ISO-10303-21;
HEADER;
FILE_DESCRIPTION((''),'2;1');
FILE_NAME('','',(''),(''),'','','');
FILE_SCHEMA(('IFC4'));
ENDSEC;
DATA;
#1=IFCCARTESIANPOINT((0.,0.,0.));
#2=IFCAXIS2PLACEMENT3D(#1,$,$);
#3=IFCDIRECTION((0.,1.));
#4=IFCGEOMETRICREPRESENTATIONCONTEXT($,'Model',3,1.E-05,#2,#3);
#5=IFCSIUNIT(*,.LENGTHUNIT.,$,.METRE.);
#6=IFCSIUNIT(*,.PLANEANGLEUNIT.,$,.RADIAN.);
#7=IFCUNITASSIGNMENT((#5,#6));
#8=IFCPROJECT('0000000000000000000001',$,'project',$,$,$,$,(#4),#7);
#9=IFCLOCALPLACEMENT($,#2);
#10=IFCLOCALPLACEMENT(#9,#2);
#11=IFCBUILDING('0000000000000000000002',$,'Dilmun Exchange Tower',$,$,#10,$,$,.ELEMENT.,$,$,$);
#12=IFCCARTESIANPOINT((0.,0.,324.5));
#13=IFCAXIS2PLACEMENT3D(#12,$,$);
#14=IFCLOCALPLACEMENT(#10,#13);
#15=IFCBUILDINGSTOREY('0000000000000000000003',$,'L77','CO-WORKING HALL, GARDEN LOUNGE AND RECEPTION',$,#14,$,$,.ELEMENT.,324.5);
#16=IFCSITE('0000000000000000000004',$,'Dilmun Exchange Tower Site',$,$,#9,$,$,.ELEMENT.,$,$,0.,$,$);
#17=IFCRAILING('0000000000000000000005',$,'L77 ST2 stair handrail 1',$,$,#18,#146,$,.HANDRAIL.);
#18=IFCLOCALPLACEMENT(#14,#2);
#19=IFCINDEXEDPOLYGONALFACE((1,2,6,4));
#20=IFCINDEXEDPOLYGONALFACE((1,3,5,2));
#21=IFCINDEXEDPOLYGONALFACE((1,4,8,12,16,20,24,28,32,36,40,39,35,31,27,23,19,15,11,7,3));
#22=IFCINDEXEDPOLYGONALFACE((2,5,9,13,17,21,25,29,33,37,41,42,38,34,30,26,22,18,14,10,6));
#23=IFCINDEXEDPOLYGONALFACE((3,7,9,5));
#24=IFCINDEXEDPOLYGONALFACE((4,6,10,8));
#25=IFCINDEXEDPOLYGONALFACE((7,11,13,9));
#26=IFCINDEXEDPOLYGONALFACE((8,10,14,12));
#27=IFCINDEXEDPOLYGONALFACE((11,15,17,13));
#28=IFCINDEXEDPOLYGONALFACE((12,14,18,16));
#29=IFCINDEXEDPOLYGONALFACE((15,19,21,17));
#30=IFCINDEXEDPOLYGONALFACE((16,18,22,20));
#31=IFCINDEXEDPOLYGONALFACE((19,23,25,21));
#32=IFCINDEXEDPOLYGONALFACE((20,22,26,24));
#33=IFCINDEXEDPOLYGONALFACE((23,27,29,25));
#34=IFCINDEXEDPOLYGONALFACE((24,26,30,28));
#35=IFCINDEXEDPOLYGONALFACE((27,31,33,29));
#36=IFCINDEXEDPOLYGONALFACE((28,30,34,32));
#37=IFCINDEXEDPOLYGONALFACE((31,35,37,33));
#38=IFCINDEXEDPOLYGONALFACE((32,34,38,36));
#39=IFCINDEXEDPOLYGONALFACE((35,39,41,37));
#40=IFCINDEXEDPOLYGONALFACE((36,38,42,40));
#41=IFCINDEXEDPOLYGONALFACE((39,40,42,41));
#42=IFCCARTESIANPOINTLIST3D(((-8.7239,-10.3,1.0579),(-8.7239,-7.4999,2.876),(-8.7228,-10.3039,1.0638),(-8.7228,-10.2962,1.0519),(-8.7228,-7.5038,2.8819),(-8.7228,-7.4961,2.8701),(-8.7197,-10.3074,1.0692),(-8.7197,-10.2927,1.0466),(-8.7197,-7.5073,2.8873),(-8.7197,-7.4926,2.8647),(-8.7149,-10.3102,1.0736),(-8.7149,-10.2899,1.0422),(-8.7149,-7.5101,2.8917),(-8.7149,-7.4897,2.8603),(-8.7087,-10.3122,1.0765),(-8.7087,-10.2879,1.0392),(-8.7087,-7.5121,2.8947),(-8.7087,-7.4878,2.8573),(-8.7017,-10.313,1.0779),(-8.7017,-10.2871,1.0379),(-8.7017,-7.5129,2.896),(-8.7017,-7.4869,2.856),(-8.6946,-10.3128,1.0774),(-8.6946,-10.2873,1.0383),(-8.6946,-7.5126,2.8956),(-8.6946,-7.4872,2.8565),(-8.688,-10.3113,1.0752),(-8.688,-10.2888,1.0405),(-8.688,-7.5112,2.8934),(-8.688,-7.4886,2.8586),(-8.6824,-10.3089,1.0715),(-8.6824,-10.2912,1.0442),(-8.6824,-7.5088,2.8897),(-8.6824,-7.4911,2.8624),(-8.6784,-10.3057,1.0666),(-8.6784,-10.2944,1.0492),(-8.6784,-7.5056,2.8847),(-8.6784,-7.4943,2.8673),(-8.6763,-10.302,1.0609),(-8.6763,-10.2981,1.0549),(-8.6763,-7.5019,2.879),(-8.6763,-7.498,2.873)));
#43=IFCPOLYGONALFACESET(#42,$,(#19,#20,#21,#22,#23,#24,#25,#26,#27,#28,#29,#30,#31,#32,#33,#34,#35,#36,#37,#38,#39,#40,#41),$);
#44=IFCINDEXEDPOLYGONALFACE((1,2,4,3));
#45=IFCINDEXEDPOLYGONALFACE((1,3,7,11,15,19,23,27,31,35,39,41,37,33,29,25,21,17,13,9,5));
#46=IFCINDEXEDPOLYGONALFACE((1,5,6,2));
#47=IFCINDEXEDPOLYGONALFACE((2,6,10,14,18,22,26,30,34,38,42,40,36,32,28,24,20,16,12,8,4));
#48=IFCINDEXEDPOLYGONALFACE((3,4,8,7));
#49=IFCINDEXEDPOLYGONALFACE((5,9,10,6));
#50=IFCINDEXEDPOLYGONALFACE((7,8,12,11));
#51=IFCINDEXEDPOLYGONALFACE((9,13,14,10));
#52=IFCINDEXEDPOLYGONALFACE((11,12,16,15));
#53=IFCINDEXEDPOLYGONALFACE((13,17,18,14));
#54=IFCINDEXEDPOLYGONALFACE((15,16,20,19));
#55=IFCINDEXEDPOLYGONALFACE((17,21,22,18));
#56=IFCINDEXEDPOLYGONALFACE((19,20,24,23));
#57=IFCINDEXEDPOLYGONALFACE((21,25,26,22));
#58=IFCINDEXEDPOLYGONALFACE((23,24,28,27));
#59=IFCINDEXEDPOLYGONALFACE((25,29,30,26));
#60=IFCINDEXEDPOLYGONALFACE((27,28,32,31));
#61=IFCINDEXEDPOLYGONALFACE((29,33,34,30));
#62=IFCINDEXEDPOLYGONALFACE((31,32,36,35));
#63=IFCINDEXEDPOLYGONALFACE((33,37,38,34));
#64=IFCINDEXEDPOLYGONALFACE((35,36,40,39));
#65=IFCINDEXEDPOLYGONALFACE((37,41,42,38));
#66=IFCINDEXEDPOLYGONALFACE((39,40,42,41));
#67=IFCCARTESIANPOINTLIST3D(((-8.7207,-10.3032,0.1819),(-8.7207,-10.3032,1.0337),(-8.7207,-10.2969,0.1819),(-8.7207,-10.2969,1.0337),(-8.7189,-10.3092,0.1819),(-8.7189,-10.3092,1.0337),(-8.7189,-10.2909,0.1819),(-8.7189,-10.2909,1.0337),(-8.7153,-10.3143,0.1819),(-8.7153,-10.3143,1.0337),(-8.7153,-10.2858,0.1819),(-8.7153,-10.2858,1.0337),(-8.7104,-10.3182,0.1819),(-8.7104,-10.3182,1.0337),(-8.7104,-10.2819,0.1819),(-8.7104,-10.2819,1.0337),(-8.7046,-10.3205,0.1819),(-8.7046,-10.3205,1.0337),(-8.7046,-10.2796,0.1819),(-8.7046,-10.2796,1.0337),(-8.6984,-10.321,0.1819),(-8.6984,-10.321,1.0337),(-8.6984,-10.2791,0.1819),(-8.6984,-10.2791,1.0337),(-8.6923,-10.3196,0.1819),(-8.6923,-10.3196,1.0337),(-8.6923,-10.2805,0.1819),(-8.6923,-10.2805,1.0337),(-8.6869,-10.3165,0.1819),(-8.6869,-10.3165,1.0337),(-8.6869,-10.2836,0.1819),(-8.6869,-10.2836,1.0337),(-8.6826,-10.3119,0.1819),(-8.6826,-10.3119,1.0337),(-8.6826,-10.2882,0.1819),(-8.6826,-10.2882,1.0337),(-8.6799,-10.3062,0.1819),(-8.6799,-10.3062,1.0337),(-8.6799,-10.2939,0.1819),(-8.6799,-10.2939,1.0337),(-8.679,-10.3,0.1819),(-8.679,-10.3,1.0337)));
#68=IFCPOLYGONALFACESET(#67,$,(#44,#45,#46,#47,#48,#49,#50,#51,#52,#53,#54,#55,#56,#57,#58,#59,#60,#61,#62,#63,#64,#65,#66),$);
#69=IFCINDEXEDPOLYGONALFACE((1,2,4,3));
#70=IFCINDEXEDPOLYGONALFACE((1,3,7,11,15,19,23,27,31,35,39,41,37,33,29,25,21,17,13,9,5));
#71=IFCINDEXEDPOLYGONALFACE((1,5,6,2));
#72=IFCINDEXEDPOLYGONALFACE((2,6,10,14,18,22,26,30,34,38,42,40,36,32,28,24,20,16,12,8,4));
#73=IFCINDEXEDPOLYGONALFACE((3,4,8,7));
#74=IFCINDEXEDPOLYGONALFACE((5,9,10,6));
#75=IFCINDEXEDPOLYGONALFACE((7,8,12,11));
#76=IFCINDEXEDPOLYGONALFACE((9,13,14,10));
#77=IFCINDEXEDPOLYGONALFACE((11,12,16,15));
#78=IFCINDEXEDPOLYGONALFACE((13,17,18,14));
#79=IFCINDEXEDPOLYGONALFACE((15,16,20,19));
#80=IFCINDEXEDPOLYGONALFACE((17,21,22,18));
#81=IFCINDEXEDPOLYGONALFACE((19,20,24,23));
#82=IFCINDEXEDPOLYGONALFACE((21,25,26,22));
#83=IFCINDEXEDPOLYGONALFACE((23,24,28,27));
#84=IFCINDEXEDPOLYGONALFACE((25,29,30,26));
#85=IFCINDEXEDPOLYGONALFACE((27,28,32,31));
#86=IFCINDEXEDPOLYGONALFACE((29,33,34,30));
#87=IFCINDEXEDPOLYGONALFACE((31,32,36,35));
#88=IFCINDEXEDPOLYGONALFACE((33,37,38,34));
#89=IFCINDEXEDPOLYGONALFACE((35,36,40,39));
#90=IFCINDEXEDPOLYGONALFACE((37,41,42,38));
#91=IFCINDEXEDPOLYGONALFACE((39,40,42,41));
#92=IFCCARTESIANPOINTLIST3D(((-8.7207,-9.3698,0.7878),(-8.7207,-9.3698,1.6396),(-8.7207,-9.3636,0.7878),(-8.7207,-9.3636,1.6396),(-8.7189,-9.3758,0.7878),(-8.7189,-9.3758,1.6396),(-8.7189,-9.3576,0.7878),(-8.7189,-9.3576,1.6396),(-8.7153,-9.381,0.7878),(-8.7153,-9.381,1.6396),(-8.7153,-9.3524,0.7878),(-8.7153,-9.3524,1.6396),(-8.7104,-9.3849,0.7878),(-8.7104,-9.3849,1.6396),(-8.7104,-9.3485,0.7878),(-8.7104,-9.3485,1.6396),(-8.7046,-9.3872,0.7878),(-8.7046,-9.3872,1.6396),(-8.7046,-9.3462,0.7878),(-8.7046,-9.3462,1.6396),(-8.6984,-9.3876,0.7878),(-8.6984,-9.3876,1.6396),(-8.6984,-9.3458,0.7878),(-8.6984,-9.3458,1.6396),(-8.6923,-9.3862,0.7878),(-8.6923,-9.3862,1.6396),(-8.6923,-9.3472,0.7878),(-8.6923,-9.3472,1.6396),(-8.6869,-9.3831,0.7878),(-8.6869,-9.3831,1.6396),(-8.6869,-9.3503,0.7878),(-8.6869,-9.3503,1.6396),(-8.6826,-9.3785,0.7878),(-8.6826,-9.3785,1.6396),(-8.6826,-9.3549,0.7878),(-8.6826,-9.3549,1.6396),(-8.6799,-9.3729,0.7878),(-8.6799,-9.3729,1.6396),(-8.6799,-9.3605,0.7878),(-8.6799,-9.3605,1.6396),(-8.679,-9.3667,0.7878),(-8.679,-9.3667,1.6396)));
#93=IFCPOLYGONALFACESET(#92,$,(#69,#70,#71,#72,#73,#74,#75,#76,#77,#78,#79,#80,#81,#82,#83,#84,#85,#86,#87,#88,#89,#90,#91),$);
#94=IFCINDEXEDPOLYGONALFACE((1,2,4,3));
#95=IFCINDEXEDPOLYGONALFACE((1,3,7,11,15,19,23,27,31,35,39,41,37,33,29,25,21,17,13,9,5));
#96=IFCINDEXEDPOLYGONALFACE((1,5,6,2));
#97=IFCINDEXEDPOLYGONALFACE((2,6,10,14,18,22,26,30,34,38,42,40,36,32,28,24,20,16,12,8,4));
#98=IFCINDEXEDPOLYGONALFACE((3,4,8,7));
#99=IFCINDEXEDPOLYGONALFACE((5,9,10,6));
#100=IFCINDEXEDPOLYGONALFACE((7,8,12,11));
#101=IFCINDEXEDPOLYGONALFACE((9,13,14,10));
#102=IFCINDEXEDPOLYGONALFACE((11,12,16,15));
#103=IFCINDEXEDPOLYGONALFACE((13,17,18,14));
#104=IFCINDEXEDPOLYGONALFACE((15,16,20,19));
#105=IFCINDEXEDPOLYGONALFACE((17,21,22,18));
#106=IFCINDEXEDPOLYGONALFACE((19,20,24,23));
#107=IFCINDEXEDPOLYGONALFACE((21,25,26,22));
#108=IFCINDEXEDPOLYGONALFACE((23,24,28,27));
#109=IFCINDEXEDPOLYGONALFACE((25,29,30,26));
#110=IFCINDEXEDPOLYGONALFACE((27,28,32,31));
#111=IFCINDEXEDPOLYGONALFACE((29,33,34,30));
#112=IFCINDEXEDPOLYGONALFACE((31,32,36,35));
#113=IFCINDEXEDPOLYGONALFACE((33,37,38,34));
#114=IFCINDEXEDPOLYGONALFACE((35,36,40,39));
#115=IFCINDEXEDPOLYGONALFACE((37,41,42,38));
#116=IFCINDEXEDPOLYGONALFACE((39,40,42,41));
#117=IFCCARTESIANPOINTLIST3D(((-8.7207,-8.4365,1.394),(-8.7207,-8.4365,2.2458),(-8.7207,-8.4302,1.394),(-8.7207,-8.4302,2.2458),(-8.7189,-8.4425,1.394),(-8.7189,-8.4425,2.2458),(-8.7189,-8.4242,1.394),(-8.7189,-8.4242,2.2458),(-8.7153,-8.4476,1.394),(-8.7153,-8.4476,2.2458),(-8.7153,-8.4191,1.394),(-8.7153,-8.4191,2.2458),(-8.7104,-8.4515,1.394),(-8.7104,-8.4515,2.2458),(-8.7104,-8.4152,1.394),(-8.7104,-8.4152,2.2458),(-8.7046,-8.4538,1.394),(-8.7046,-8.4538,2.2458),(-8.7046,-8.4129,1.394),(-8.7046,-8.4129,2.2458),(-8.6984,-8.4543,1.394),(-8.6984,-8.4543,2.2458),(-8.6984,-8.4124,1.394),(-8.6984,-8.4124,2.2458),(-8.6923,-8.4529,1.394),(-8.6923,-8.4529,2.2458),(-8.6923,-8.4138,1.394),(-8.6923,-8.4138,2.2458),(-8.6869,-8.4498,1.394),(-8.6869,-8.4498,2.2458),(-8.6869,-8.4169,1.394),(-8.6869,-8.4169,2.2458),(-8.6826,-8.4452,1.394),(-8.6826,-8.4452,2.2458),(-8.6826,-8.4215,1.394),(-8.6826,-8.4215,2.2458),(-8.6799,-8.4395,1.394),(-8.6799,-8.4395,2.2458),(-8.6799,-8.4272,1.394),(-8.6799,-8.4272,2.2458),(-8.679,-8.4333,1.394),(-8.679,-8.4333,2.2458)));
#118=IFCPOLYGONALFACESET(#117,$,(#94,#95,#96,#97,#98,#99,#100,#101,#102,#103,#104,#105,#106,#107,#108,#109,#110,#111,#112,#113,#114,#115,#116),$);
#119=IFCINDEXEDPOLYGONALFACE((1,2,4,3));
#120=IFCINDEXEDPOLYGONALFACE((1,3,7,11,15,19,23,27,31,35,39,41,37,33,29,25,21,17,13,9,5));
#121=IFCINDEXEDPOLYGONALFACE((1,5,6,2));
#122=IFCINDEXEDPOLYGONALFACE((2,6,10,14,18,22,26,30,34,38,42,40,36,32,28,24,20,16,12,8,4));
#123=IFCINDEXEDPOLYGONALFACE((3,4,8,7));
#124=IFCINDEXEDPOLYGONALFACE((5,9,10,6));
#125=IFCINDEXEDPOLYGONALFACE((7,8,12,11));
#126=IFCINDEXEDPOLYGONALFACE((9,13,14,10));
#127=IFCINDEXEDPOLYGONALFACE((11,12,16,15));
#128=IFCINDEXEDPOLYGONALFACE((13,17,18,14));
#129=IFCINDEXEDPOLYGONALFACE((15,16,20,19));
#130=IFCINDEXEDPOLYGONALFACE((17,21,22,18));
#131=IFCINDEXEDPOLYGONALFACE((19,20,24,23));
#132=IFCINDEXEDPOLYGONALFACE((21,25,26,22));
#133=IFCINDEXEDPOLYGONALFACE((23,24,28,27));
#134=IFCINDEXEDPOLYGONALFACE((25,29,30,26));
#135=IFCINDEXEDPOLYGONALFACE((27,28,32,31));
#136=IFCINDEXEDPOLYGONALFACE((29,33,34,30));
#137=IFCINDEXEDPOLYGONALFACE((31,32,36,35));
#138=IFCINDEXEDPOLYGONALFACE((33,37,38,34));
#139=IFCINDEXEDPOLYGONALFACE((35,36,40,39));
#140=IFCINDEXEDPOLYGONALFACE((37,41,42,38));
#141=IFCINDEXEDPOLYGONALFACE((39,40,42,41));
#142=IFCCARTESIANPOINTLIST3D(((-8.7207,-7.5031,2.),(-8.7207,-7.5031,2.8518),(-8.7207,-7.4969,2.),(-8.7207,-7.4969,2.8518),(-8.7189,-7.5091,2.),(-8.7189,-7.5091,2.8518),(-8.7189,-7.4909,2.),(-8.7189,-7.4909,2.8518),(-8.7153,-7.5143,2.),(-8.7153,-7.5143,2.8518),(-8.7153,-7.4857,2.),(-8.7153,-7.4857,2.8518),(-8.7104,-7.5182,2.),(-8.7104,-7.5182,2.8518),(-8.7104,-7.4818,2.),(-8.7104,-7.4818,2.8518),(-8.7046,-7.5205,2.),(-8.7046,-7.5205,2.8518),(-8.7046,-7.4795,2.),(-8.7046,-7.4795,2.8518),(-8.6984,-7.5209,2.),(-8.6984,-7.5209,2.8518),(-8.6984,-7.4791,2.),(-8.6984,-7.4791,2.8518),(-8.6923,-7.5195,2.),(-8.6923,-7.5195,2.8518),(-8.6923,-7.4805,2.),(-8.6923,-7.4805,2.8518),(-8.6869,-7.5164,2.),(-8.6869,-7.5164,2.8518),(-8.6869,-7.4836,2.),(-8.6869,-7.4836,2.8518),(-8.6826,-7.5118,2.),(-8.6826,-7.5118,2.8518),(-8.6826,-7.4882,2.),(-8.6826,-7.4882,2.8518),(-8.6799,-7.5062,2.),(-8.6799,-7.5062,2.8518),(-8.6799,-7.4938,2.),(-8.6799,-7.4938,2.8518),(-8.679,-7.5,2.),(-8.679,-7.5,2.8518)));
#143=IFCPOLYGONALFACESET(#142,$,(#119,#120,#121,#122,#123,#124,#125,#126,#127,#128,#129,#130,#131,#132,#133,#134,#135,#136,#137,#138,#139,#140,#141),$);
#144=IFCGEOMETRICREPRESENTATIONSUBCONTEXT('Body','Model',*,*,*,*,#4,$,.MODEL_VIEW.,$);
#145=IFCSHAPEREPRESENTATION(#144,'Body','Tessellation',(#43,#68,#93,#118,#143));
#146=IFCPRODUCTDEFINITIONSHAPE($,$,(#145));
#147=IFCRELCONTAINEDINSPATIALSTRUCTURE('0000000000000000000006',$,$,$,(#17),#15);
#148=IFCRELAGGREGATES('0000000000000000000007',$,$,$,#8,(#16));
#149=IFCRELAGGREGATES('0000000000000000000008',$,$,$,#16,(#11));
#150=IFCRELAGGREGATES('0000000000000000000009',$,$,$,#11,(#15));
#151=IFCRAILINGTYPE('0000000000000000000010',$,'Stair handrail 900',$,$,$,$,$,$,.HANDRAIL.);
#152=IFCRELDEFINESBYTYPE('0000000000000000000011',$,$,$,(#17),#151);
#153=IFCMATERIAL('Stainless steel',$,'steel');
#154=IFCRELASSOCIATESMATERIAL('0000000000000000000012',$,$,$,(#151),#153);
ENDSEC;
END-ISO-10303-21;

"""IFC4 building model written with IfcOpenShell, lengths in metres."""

from ifc_helpers import new_model, si_unit, direction, frame, origin, origin_2d, place, context, subcontext, project, spatial, circle, extrude, material, type_object, element, save


model = new_model("IFC4")

# Units and contexts
model_context = context("Model", 3, precision=1e-05, world=origin(), true_north=direction((0.0, 1.0)))
body_context = subcontext(model_context, "Body", "Model", "MODEL_VIEW")
ifc_project = project(units=[si_unit("LENGTHUNIT", "METRE"), si_unit("PLANEANGLEUNIT", "RADIAN")], contexts=[model_context])

# Site, building, storey
site_placement = place(None, origin())
site = spatial("IfcSite", under=ifc_project, at=site_placement, Name="Dilmun Exchange Tower Site", CompositionType="ELEMENT", RefElevation=0.0)
building_placement = place(site_placement, origin())
building = spatial("IfcBuilding", under=site, at=building_placement, Name="Dilmun Exchange Tower", CompositionType="ELEMENT")
storey_placement = place(building_placement, frame((0.0, 0.0, 324.5)))
storey = spatial("IfcBuildingStorey", under=building, at=storey_placement, Name="L77", Description="CO-WORKING HALL, GARDEN LOUNGE AND RECEPTION", CompositionType="ELEMENT", Elevation=324.5)

# Railing
ifc_material_1 = material(Name="Stainless steel", Category="steel")
railing_type = type_object("IfcRailingType", Name="Stair handrail 900", PredefinedType="HANDRAIL", material=ifc_material_1)
railing_placement = place(storey_placement, frame((-8.7, -10.3, 0.1819)))
element("IfcRailing", 1, at=railing_placement, inside=storey, type_object=railing_type, Name="L77 ST2 stair handrail 1", PredefinedType="HANDRAIL", context=body_context, shape_type="SweptSolid", body=[
    extrude(circle(Radius=0.0239, at=origin_2d()), frame((0.0, 0.0, 0.876), z_axis=(0.0, 0.838706, 0.544585), x_axis=(-1.0, 0.0, 0.0)), (0.0, 0.0, 1.0), 3.3386),
    extrude(circle(Radius=0.021, at=origin_2d()), origin(), (0.0, 0.0, 1.0), 0.8518),
    extrude(circle(Radius=0.021, at=origin_2d()), frame((0.0, 0.9333, 0.606)), (0.0, 0.0, 1.0), 0.8518),
    extrude(circle(Radius=0.021, at=origin_2d()), frame((0.0, 1.8667, 1.2122)), (0.0, 0.0, 1.0), 0.8518),
    extrude(circle(Radius=0.021, at=origin_2d()), frame((0.0, 2.8, 1.8181)), (0.0, 0.0, 1.0), 0.8518),
])

save(model, "model.ifc")
